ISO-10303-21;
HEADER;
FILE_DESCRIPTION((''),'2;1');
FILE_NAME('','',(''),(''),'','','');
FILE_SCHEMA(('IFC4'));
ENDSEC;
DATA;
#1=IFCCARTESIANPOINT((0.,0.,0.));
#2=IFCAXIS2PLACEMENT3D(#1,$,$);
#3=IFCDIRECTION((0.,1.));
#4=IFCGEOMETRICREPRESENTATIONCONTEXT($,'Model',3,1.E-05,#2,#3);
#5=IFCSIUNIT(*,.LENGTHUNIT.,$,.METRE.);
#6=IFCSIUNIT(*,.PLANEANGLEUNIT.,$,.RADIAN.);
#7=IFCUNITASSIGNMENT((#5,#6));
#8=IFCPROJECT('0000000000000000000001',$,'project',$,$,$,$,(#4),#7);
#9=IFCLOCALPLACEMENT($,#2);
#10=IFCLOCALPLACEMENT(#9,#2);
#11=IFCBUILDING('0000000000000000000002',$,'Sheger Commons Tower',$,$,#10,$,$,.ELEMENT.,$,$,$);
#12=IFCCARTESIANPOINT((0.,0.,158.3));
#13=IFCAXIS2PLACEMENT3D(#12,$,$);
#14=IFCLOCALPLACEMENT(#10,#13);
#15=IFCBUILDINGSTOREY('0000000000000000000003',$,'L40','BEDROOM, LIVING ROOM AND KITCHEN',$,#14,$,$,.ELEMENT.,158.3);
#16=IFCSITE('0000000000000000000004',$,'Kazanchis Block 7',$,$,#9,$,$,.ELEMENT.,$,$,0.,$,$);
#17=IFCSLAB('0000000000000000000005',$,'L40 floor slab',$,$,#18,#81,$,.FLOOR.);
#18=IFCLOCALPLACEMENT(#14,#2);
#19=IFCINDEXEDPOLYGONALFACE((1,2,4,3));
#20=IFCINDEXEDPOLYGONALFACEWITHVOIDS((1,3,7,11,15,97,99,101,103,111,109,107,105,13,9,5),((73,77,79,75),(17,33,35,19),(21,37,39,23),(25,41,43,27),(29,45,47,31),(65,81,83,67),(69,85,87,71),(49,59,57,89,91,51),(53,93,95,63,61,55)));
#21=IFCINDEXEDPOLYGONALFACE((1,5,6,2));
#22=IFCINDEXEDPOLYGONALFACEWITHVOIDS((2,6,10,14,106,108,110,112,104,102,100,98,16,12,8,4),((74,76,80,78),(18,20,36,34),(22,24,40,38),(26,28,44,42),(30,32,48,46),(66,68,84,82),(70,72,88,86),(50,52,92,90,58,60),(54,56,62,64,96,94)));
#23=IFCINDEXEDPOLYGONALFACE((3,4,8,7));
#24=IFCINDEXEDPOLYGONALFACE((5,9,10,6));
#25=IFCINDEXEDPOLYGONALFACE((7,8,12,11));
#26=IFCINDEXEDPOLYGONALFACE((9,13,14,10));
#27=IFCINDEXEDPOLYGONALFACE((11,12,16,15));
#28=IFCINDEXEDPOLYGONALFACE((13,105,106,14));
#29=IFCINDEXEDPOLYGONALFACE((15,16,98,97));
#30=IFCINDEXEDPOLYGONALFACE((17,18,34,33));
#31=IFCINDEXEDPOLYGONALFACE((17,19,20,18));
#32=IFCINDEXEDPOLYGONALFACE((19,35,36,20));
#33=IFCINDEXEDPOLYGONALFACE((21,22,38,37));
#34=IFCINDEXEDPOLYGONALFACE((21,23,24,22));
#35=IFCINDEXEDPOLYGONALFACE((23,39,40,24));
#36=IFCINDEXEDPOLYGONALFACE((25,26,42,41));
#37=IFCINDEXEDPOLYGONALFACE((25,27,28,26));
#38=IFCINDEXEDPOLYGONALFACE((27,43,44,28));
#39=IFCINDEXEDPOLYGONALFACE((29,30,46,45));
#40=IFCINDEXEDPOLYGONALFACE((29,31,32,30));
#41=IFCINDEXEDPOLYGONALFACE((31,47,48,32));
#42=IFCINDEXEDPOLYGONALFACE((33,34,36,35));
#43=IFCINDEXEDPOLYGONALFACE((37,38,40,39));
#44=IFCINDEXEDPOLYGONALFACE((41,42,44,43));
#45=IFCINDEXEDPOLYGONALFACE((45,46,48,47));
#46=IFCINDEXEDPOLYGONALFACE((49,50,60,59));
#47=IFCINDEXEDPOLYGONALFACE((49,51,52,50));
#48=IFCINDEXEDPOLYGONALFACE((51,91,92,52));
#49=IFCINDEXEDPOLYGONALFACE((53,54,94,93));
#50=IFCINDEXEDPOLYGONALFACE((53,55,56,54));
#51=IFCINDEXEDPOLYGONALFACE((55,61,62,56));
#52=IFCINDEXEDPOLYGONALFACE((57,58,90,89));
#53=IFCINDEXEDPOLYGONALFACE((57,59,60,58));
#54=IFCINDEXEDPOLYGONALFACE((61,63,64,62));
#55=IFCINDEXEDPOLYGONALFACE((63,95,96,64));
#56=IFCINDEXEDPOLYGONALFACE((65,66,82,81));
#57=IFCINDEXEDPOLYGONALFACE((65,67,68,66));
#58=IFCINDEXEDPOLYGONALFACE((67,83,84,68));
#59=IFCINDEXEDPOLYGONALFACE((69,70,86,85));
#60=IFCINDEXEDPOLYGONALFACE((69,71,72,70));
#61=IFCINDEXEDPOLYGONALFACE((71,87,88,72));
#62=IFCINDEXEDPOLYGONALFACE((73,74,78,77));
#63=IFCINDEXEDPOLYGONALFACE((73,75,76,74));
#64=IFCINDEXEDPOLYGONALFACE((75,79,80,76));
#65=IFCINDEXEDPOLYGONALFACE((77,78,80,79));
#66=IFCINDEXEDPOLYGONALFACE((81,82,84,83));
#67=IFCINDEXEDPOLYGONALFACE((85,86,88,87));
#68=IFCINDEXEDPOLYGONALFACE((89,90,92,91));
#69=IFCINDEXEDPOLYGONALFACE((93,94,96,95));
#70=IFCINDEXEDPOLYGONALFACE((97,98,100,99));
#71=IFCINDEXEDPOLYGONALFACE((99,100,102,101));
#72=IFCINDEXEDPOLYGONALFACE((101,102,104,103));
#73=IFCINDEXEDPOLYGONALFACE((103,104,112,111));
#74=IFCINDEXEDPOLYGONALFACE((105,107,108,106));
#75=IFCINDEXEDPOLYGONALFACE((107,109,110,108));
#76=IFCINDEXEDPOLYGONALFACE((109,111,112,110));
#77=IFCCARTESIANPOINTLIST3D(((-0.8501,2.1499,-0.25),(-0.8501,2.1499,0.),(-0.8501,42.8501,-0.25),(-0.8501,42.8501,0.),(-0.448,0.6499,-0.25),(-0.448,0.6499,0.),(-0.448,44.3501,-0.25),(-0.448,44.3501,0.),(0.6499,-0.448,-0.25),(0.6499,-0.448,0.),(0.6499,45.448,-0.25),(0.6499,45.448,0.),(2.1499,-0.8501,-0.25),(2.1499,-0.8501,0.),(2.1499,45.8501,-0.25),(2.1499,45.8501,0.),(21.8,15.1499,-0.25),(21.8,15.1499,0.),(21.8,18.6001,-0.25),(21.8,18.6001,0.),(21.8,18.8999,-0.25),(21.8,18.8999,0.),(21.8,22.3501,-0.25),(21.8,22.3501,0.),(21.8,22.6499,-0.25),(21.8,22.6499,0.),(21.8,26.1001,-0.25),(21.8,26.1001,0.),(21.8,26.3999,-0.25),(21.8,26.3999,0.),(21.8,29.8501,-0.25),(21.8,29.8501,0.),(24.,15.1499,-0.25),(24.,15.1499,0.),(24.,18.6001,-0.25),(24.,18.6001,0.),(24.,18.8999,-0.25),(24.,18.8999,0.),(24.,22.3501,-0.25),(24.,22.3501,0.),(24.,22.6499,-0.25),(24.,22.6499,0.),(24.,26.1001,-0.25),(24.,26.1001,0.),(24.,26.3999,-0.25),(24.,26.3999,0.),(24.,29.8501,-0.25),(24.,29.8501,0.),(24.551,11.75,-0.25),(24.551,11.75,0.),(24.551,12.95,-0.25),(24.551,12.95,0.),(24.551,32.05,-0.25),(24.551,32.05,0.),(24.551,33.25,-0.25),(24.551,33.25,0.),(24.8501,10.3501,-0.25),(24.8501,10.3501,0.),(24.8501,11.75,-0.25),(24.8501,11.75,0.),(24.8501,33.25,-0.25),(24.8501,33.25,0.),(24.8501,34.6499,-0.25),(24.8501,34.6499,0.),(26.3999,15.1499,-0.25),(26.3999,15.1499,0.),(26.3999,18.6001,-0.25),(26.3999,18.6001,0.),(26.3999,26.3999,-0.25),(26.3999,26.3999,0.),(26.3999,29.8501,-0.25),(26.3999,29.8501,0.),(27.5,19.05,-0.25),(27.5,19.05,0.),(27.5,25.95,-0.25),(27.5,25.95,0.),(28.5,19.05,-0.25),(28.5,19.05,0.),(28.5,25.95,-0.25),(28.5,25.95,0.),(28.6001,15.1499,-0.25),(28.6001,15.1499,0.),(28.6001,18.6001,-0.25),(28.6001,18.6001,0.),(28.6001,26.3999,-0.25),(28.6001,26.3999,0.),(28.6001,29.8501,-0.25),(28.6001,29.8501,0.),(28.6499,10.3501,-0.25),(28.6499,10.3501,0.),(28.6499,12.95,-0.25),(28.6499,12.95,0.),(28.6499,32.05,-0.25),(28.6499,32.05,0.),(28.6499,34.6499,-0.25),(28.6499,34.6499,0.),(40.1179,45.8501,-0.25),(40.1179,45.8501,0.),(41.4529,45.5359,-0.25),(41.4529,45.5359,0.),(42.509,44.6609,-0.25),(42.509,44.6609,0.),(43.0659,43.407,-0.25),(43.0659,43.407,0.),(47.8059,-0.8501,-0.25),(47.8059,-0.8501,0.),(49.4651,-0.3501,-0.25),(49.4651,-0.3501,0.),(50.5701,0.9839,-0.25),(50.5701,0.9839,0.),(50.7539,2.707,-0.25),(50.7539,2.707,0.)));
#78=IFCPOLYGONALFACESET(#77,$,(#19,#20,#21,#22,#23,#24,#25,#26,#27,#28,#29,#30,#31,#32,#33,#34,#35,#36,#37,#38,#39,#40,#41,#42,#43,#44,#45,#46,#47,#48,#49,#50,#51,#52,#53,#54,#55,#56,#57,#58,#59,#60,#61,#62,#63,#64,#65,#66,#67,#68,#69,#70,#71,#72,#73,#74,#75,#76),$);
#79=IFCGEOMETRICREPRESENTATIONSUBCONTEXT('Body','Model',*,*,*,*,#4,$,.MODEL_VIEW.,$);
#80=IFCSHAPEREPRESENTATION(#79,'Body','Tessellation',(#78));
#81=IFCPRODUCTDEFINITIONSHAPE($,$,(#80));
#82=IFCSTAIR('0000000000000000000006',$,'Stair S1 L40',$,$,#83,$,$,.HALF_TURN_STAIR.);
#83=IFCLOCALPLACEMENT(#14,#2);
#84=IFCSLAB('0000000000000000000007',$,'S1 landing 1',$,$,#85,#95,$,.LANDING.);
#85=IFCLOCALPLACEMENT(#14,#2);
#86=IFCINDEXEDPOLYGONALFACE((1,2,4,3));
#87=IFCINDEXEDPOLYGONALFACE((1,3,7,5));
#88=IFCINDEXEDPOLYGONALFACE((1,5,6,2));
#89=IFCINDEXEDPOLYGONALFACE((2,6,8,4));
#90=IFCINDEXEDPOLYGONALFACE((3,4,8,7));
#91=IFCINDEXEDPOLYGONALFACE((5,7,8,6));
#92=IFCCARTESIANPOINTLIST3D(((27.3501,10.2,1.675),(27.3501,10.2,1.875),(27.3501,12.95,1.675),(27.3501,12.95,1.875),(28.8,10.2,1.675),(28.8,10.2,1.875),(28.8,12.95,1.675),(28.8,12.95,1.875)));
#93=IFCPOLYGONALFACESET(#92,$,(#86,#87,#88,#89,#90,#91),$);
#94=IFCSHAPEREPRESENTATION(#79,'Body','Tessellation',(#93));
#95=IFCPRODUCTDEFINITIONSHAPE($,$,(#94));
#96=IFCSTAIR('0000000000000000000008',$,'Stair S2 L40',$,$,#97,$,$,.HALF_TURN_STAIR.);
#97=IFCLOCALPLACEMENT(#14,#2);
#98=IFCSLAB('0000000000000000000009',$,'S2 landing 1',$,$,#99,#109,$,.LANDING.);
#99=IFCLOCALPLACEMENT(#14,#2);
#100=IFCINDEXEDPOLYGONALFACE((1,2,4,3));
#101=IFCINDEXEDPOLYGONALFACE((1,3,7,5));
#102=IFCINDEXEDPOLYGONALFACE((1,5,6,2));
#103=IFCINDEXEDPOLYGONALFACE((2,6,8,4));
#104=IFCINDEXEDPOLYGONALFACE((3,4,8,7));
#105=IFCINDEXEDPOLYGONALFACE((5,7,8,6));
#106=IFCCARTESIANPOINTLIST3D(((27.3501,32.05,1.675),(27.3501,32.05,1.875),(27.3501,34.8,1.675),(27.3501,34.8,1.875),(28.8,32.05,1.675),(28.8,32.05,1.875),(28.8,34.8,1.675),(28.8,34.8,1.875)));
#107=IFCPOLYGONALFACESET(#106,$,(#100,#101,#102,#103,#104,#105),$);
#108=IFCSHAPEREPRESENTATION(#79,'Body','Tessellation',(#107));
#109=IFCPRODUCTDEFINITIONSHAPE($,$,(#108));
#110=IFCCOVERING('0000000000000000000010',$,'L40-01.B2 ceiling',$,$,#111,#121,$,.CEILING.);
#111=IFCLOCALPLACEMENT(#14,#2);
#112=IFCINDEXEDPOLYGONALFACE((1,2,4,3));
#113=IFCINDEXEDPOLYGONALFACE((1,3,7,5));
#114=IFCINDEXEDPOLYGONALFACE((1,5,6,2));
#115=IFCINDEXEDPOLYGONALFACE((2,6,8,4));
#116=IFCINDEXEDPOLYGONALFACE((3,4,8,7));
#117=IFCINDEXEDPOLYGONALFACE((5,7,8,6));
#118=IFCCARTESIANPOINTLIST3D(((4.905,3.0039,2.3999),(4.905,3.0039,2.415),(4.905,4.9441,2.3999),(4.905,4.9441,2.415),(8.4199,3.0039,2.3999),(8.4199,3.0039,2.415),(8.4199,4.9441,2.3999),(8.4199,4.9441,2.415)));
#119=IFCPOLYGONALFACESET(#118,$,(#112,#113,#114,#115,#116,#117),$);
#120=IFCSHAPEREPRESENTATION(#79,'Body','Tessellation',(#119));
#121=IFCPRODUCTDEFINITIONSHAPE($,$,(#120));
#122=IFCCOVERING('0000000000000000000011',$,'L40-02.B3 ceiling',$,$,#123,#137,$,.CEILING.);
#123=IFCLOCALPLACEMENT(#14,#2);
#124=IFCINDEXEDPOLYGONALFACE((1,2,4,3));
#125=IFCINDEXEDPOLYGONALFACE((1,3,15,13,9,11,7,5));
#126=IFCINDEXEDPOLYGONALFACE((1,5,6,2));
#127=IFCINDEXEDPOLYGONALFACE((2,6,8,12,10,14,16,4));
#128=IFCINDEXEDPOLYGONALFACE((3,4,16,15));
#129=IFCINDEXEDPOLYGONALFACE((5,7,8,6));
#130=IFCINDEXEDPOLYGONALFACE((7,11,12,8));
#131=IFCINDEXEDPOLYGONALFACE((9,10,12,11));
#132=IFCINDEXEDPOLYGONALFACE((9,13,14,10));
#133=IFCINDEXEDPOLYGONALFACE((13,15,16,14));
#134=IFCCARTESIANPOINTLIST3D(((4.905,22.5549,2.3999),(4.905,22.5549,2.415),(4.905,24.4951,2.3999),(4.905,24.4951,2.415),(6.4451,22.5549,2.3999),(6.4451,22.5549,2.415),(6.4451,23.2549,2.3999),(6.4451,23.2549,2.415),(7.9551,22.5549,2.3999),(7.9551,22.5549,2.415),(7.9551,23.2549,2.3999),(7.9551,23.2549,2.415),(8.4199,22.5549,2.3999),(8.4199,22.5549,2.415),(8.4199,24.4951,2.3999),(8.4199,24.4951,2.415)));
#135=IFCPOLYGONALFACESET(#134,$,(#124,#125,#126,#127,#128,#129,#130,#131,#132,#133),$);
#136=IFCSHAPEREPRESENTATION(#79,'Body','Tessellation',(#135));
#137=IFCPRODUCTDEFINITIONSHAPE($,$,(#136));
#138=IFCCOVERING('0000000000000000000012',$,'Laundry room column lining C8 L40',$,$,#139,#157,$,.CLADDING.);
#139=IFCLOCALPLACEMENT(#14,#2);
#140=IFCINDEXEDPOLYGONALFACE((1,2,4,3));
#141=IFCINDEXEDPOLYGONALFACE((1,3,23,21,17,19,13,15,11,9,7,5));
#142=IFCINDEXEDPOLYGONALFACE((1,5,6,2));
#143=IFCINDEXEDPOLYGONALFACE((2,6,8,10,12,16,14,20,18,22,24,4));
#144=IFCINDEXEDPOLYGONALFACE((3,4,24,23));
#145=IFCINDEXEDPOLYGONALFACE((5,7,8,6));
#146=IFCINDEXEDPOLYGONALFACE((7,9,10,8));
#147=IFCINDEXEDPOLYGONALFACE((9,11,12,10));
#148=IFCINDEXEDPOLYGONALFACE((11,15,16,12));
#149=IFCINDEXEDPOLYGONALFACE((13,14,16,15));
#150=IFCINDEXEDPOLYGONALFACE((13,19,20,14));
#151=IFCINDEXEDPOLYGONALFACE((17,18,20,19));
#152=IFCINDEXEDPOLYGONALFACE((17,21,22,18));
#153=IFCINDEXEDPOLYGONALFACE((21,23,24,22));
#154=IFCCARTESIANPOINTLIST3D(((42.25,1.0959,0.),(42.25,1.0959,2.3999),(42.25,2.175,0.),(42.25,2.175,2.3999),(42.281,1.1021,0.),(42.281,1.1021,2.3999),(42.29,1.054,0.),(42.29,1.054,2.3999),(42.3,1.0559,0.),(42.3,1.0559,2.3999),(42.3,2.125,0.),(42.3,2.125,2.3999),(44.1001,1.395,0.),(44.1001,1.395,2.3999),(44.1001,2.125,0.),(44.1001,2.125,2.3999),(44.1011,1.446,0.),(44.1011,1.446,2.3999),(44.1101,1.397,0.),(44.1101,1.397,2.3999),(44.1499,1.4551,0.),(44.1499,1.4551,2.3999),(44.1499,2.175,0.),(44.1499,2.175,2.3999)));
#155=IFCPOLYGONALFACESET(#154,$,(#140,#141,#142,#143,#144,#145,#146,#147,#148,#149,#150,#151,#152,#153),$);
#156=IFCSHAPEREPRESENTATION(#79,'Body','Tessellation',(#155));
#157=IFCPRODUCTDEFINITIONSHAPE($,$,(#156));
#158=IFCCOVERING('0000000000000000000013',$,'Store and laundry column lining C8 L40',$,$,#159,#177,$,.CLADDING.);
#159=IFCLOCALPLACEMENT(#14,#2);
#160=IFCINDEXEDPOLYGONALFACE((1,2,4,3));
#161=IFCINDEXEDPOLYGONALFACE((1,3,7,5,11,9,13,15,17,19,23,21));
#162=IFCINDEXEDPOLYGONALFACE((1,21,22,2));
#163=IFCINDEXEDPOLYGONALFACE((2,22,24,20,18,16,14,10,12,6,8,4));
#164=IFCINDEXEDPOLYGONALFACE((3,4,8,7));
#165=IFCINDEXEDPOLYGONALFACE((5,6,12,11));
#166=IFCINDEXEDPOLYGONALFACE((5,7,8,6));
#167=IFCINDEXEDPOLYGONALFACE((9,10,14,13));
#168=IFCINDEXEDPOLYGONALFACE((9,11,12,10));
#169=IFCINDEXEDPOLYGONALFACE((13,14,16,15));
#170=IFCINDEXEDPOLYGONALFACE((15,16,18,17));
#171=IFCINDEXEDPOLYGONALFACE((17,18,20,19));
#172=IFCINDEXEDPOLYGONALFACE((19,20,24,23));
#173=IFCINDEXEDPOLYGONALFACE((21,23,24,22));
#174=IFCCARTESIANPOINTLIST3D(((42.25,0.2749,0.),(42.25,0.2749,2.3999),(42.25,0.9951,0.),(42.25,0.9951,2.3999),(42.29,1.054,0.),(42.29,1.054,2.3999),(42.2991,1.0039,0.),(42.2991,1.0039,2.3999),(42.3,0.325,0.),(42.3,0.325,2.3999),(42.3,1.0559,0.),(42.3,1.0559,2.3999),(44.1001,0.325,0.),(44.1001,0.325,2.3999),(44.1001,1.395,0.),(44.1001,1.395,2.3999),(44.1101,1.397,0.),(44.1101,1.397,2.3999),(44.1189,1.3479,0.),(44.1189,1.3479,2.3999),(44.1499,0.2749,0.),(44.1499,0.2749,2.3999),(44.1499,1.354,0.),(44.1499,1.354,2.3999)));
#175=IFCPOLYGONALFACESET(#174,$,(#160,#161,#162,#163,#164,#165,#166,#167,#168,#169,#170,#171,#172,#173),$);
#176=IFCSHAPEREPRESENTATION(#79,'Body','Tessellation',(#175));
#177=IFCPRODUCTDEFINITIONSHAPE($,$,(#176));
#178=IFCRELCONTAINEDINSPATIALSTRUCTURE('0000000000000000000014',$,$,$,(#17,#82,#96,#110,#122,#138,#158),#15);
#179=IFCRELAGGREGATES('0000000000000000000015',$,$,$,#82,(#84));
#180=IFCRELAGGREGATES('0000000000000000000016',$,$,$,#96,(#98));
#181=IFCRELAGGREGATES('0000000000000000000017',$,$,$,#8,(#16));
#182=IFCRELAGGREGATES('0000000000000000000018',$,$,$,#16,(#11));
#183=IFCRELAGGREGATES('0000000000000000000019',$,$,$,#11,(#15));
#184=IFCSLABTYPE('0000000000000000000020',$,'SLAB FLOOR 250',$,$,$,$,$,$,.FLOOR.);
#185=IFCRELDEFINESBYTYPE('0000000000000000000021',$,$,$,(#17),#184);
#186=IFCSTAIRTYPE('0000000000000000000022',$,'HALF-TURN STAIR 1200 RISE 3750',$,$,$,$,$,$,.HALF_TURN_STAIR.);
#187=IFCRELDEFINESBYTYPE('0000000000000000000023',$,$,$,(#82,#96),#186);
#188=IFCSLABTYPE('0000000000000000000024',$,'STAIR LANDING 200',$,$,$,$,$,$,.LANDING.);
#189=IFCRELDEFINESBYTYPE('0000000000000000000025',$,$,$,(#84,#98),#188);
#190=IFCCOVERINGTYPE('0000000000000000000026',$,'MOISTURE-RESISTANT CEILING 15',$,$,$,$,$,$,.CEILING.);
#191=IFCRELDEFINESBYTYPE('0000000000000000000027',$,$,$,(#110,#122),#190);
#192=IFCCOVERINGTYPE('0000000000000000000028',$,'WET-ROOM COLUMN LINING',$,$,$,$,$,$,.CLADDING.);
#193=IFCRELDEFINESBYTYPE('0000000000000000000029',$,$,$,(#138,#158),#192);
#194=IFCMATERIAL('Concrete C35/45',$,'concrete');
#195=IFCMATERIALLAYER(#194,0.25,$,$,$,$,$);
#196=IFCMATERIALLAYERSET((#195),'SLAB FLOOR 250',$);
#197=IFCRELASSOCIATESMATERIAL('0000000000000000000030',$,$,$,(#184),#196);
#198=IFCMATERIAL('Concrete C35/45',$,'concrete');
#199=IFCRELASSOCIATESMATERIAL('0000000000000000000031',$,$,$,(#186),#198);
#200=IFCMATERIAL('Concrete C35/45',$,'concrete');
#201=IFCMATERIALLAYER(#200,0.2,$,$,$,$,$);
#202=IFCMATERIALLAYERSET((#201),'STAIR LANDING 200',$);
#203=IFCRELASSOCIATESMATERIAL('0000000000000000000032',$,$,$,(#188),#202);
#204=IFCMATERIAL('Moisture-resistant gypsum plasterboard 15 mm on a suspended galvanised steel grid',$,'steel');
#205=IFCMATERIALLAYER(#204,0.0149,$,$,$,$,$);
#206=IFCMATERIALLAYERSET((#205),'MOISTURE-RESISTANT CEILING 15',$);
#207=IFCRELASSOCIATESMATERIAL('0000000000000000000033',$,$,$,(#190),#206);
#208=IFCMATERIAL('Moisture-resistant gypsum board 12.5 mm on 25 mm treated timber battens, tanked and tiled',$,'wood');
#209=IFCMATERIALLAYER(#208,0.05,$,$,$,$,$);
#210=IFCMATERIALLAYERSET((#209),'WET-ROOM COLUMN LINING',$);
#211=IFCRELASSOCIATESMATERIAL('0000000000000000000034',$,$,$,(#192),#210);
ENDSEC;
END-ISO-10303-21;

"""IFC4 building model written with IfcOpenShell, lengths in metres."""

from ifc_helpers import new_model, si_unit, direction, frame, origin, place, context, subcontext, project, spatial, polyline, outline, extrude, material, layer, layer_set, type_object, element, aggregate, save


model = new_model("IFC4")

# Units and contexts
model_context = context("Model", 3, precision=1e-05, world=origin(), true_north=direction((0.0, 1.0)))
body_context = subcontext(model_context, "Body", "Model", "MODEL_VIEW")
ifc_project = project(units=[si_unit("LENGTHUNIT", "METRE"), si_unit("PLANEANGLEUNIT", "RADIAN")], contexts=[model_context])

# Site, building, storey
site_placement = place(None, origin())
site = spatial("IfcSite", under=ifc_project, at=site_placement, Name="Kazanchis Block 7", CompositionType="ELEMENT", RefElevation=0.0)
building_placement = place(site_placement, origin())
building = spatial("IfcBuilding", under=site, at=building_placement, Name="Sheger Commons Tower", CompositionType="ELEMENT")
storey_placement = place(building_placement, frame((0.0, 0.0, 158.3)))
storey = spatial("IfcBuildingStorey", under=building, at=storey_placement, Name="L40", Description="BEDROOM, LIVING ROOM AND KITCHEN", CompositionType="ELEMENT", Elevation=158.3)

# Slab
ifc_material_1 = material(Name="Concrete C35/45", Category="concrete")
ifc_layer_1 = layer(ifc_material_1, 0.25)
ifc_layer_set_1 = layer_set([ifc_layer_1], Name="SLAB FLOOR 250")
slab_type_1 = type_object("IfcSlabType", Name="SLAB FLOOR 250", PredefinedType="FLOOR", material=ifc_layer_set_1)
slab_1_placement = place(storey_placement, frame((0.0, 0.0, -0.25)))
element("IfcSlab", 1, at=slab_1_placement, inside=storey, type_object=slab_type_1, Name="L40 floor slab", PredefinedType="FLOOR", context=body_context, shape_type="SweptSolid", body=[
    extrude(outline(polyline([(-0.8501, 2.1499), (-0.448, 0.6499), (0.6499, -0.448), (2.1499, -0.8501), (47.8059, -0.8501), (49.4651, -0.3501), (50.5701, 0.9839), (50.7539, 2.707), (43.0659, 43.407), (42.509, 44.6609), (41.4529, 45.5359), (40.1179, 45.8501), (2.1499, 45.8501), (0.6499, 45.448), (-0.448, 44.3501), (-0.8501, 42.8501), (-0.8501, 2.1499)]), holes=[polyline([(24.8501, 10.3501), (28.6499, 10.3501), (28.6499, 12.95), (24.551, 12.95), (24.551, 11.75), (24.8501, 11.75), (24.8501, 10.3501)]), polyline([(24.551, 32.05), (28.6499, 32.05), (28.6499, 34.6499), (24.8501, 34.6499), (24.8501, 33.25), (24.551, 33.25), (24.551, 32.05)]), polyline([(26.3999, 15.1499), (28.6001, 15.1499), (28.6001, 18.6001), (26.3999, 18.6001), (26.3999, 15.1499)]), polyline([(26.3999, 26.3999), (28.6001, 26.3999), (28.6001, 29.8501), (26.3999, 29.8501), (26.3999, 26.3999)]), polyline([(21.8, 15.1499), (24.0, 15.1499), (24.0, 18.6001), (21.8, 18.6001), (21.8, 15.1499)]), polyline([(21.8, 18.8999), (24.0, 18.8999), (24.0, 22.3501), (21.8, 22.3501), (21.8, 18.8999)]), polyline([(21.8, 22.6499), (24.0, 22.6499), (24.0, 26.1001), (21.8, 26.1001), (21.8, 22.6499)]), polyline([(21.8, 26.3999), (24.0, 26.3999), (24.0, 29.8501), (21.8, 29.8501), (21.8, 26.3999)]), polyline([(27.5, 19.05), (28.5, 19.05), (28.5, 25.95), (27.5, 25.95), (27.5, 19.05)])]), origin(), (0.0, 0.0, 1.0), 0.25),
])

# Stairs, slabs
ifc_material_2 = material(Name="Concrete C35/45", Category="concrete")
stair_type = type_object("IfcStairType", Name="HALF-TURN STAIR 1200 RISE 3750", PredefinedType="HALF_TURN_STAIR", material=ifc_material_2)
stair_1_placement = place(storey_placement, origin())
stair_1 = element("IfcStair", 2, at=stair_1_placement, inside=storey, type_object=stair_type, Name="Stair S1 L40", PredefinedType="HALF_TURN_STAIR")
ifc_material_3 = material(Name="Concrete C35/45", Category="concrete")
ifc_layer_2 = layer(ifc_material_3, 0.2)
ifc_layer_set_2 = layer_set([ifc_layer_2], Name="STAIR LANDING 200")
slab_type_2 = type_object("IfcSlabType", Name="STAIR LANDING 200", PredefinedType="LANDING", material=ifc_layer_set_2)
slab_2_placement = place(storey_placement, frame((0.0, 0.0, 1.675)))
slab_2 = element("IfcSlab", 3, at=slab_2_placement, type_object=slab_type_2, Name="S1 landing 1", PredefinedType="LANDING", context=body_context, shape_type="SweptSolid", body=[
    extrude(outline(polyline([(27.3501, 10.2), (28.8, 10.2), (28.8, 12.95), (27.3501, 12.95), (27.3501, 10.2)])), origin(), (0.0, 0.0, 1.0), 0.2),
])
aggregate(stair_1, [slab_2])
stair_2_placement = place(storey_placement, origin())
stair_2 = element("IfcStair", 4, at=stair_2_placement, inside=storey, type_object=stair_type, Name="Stair S2 L40", PredefinedType="HALF_TURN_STAIR")
slab_3_placement = place(storey_placement, frame((0.0, 0.0, 1.675)))
slab_3 = element("IfcSlab", 5, at=slab_3_placement, type_object=slab_type_2, Name="S2 landing 1", PredefinedType="LANDING", context=body_context, shape_type="SweptSolid", body=[
    extrude(outline(polyline([(27.3501, 32.05), (28.8, 32.05), (28.8, 34.8), (27.3501, 34.8), (27.3501, 32.05)])), origin(), (0.0, 0.0, 1.0), 0.2),
])
aggregate(stair_2, [slab_3])

# Coverings
ifc_material_4 = material(Name="Moisture-resistant gypsum plasterboard 15 mm on a suspended galvanised steel grid", Category="steel")
ifc_layer_3 = layer(ifc_material_4, 0.0149)
ifc_layer_set_3 = layer_set([ifc_layer_3], Name="MOISTURE-RESISTANT CEILING 15")
covering_type_1 = type_object("IfcCoveringType", Name="MOISTURE-RESISTANT CEILING 15", PredefinedType="CEILING", material=ifc_layer_set_3)
covering_1_placement = place(storey_placement, frame((0.0, 0.0, 2.3999)))
element("IfcCovering", 6, at=covering_1_placement, inside=storey, type_object=covering_type_1, Name="L40-01.B2 ceiling", PredefinedType="CEILING", context=body_context, shape_type="SweptSolid", body=[
    extrude(outline(polyline([(4.905, 3.0039), (8.4199, 3.0039), (8.4199, 4.9441), (4.905, 4.9441), (4.905, 3.0039)])), origin(), (0.0, 0.0, 1.0), 0.0151),
])
covering_2_placement = place(storey_placement, frame((0.0, 0.0, 2.3999)))
element("IfcCovering", 7, at=covering_2_placement, inside=storey, type_object=covering_type_1, Name="L40-02.B3 ceiling", PredefinedType="CEILING", context=body_context, shape_type="SweptSolid", body=[
    extrude(outline(polyline([(4.905, 22.5549), (6.4451, 22.5549), (6.4451, 23.2549), (7.9551, 23.2549), (7.9551, 22.5549), (8.4199, 22.5549), (8.4199, 24.4951), (4.905, 24.4951), (4.905, 22.5549)])), origin(), (0.0, 0.0, 1.0), 0.0151),
])
ifc_material_5 = material(Name="Moisture-resistant gypsum board 12.5 mm on 25 mm treated timber battens, tanked and tiled", Category="wood")
ifc_layer_4 = layer(ifc_material_5, 0.05)
ifc_layer_set_4 = layer_set([ifc_layer_4], Name="WET-ROOM COLUMN LINING")
covering_type_2 = type_object("IfcCoveringType", Name="WET-ROOM COLUMN LINING", PredefinedType="CLADDING", material=ifc_layer_set_4)
covering_3_placement = place(storey_placement, origin())
element("IfcCovering", 8, at=covering_3_placement, inside=storey, type_object=covering_type_2, Name="Laundry room column lining C8 L40", PredefinedType="CLADDING", context=body_context, shape_type="SweptSolid", body=[
    extrude(outline(polyline([(44.1499, 2.175), (44.1499, 1.4551), (44.1011, 1.446), (44.1101, 1.397), (44.1001, 1.395), (44.1001, 2.125), (42.3, 2.125), (42.3, 1.0559), (42.29, 1.054), (42.281, 1.1021), (42.25, 1.0959), (42.25, 2.175), (44.1499, 2.175)])), origin(), (0.0, 0.0, 1.0), 2.3999),
])
covering_4_placement = place(storey_placement, origin())
element("IfcCovering", 9, at=covering_4_placement, inside=storey, type_object=covering_type_2, Name="Store and laundry column lining C8 L40", PredefinedType="CLADDING", context=body_context, shape_type="SweptSolid", body=[
    extrude(outline(polyline([(42.3, 1.0559), (42.3, 0.325), (44.1001, 0.325), (44.1001, 1.395), (44.1101, 1.397), (44.1189, 1.3479), (44.1499, 1.354), (44.1499, 0.2749), (42.25, 0.2749), (42.25, 0.9951), (42.2991, 1.0039), (42.29, 1.054), (42.3, 1.0559)])), origin(), (0.0, 0.0, 1.0), 2.3999),
])

save(model, "model.ifc")
